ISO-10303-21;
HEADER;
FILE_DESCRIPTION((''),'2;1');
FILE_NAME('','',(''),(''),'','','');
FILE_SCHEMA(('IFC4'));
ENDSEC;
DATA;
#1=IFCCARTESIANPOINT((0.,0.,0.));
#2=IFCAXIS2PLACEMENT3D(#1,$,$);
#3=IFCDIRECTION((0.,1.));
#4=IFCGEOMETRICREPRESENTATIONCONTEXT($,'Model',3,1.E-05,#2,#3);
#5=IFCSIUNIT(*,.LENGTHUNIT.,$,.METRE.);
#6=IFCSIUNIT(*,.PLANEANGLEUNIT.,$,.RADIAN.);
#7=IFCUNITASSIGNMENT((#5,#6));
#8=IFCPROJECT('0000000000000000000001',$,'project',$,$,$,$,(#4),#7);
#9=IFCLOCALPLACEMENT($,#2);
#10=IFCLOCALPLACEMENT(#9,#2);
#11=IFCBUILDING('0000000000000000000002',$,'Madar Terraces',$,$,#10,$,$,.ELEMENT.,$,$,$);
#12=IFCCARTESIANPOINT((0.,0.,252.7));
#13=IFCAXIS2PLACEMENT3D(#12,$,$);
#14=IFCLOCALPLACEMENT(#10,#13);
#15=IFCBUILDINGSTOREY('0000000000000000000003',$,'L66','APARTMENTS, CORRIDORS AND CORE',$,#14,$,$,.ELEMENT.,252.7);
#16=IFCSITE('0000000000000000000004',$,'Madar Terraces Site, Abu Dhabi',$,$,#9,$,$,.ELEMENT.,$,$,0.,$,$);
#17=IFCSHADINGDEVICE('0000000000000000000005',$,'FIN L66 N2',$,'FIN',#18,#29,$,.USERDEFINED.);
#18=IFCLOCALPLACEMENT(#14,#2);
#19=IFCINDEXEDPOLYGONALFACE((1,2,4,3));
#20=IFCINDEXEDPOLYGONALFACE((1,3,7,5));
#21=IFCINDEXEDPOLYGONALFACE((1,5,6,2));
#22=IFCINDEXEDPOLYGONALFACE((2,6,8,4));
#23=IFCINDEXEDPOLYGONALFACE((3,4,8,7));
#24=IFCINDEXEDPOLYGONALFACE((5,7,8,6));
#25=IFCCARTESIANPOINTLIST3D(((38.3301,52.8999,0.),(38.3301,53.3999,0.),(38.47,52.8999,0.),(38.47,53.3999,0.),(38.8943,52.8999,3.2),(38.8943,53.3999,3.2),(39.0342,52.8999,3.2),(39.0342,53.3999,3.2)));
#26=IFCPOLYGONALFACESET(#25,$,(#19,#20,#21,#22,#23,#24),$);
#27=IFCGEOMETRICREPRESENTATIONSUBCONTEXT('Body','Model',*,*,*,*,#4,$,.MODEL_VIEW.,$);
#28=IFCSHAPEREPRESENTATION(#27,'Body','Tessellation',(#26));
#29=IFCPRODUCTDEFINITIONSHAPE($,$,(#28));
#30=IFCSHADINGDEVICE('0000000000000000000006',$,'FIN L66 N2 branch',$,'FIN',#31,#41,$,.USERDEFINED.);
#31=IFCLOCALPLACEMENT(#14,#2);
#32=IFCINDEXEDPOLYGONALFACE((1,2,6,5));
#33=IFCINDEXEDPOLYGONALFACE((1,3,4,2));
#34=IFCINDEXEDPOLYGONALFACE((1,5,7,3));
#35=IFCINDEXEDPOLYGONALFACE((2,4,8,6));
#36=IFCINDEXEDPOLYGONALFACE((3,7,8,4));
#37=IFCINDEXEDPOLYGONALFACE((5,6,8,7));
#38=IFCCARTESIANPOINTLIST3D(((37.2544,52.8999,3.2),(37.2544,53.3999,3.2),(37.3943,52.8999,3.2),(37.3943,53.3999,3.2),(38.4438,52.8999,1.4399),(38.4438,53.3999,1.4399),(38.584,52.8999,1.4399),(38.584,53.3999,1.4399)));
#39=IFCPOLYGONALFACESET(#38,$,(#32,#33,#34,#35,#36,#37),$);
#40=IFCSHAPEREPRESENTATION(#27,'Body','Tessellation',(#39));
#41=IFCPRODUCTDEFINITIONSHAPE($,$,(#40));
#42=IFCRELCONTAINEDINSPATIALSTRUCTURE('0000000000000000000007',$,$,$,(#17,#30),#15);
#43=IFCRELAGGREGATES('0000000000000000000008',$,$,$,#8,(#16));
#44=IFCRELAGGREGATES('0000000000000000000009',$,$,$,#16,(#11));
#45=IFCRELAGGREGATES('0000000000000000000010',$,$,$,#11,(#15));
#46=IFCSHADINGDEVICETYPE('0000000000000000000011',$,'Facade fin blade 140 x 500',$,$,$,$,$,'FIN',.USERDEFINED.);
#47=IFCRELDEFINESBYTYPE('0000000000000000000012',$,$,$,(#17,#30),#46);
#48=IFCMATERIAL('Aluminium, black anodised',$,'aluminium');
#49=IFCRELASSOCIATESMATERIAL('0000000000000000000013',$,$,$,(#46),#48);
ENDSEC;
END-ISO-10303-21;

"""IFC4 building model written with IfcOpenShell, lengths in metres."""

from ifc_helpers import new_model, si_unit, direction, frame, origin, place, context, subcontext, project, spatial, polyline, outline, extrude, material, type_object, element, save


model = new_model("IFC4")

# Units and contexts
model_context = context("Model", 3, precision=1e-05, world=origin(), true_north=direction((0.0, 1.0)))
body_context = subcontext(model_context, "Body", "Model", "MODEL_VIEW")
ifc_project = project(units=[si_unit("LENGTHUNIT", "METRE"), si_unit("PLANEANGLEUNIT", "RADIAN")], contexts=[model_context])

# Site, building, storey
site_placement = place(None, origin())
site = spatial("IfcSite", under=ifc_project, at=site_placement, Name="Madar Terraces Site, Abu Dhabi", CompositionType="ELEMENT", RefElevation=0.0)
building_placement = place(site_placement, origin())
building = spatial("IfcBuilding", under=site, at=building_placement, Name="Madar Terraces", CompositionType="ELEMENT")
storey_placement = place(building_placement, frame((0.0, 0.0, 252.7)))
storey = spatial("IfcBuildingStorey", under=building, at=storey_placement, Name="L66", Description="APARTMENTS, CORRIDORS AND CORE", CompositionType="ELEMENT", Elevation=252.7)

# Shading devices
ifc_material_1 = material(Name="Aluminium, black anodised", Category="aluminium")
shading_device_type = type_object("IfcShadingDeviceType", Name="Facade fin blade 140 x 500", ElementType="FIN", PredefinedType="USERDEFINED", material=ifc_material_1)
shading_device_1_placement = place(storey_placement, frame((38.47, 53.1499, 0.0), z_axis=(0.0, 0.0, 1.0), x_axis=(-1.0, 0.0, 0.0)))
element("IfcShadingDevice", 1, at=shading_device_1_placement, inside=storey, type_object=shading_device_type, Name="FIN L66 N2", ObjectType="FIN", PredefinedType="USERDEFINED", context=body_context, shape_type="SweptSolid", body=[
    extrude(outline(polyline([(0.0, 0.0), (0.1399, 0.0), (-0.4243, 3.2), (-0.5642, 3.2), (0.0, 0.0)])), frame((0.0, 0.25, 0.0), z_axis=(0.0, -1.0, 0.0), x_axis=(1.0, 0.0, 0.0)), (0.0, 0.0, 1.0), 0.5),
])
shading_device_2_placement = place(storey_placement, frame((38.584, 53.1499, 1.4399), z_axis=(0.0, 0.0, 1.0), x_axis=(-1.0, 0.0, 0.0)))
element("IfcShadingDevice", 2, at=shading_device_2_placement, inside=storey, type_object=shading_device_type, Name="FIN L66 N2 branch", ObjectType="FIN", PredefinedType="USERDEFINED", context=body_context, shape_type="SweptSolid", body=[
    extrude(outline(polyline([(0.0, 0.0), (0.1401, 0.0), (1.3296, 1.76), (1.1897, 1.76), (0.0, 0.0)])), frame((0.0, 0.25, 0.0), z_axis=(0.0, -1.0, 0.0), x_axis=(1.0, 0.0, 0.0)), (0.0, 0.0, 1.0), 0.5),
])

save(model, "model.ifc")
